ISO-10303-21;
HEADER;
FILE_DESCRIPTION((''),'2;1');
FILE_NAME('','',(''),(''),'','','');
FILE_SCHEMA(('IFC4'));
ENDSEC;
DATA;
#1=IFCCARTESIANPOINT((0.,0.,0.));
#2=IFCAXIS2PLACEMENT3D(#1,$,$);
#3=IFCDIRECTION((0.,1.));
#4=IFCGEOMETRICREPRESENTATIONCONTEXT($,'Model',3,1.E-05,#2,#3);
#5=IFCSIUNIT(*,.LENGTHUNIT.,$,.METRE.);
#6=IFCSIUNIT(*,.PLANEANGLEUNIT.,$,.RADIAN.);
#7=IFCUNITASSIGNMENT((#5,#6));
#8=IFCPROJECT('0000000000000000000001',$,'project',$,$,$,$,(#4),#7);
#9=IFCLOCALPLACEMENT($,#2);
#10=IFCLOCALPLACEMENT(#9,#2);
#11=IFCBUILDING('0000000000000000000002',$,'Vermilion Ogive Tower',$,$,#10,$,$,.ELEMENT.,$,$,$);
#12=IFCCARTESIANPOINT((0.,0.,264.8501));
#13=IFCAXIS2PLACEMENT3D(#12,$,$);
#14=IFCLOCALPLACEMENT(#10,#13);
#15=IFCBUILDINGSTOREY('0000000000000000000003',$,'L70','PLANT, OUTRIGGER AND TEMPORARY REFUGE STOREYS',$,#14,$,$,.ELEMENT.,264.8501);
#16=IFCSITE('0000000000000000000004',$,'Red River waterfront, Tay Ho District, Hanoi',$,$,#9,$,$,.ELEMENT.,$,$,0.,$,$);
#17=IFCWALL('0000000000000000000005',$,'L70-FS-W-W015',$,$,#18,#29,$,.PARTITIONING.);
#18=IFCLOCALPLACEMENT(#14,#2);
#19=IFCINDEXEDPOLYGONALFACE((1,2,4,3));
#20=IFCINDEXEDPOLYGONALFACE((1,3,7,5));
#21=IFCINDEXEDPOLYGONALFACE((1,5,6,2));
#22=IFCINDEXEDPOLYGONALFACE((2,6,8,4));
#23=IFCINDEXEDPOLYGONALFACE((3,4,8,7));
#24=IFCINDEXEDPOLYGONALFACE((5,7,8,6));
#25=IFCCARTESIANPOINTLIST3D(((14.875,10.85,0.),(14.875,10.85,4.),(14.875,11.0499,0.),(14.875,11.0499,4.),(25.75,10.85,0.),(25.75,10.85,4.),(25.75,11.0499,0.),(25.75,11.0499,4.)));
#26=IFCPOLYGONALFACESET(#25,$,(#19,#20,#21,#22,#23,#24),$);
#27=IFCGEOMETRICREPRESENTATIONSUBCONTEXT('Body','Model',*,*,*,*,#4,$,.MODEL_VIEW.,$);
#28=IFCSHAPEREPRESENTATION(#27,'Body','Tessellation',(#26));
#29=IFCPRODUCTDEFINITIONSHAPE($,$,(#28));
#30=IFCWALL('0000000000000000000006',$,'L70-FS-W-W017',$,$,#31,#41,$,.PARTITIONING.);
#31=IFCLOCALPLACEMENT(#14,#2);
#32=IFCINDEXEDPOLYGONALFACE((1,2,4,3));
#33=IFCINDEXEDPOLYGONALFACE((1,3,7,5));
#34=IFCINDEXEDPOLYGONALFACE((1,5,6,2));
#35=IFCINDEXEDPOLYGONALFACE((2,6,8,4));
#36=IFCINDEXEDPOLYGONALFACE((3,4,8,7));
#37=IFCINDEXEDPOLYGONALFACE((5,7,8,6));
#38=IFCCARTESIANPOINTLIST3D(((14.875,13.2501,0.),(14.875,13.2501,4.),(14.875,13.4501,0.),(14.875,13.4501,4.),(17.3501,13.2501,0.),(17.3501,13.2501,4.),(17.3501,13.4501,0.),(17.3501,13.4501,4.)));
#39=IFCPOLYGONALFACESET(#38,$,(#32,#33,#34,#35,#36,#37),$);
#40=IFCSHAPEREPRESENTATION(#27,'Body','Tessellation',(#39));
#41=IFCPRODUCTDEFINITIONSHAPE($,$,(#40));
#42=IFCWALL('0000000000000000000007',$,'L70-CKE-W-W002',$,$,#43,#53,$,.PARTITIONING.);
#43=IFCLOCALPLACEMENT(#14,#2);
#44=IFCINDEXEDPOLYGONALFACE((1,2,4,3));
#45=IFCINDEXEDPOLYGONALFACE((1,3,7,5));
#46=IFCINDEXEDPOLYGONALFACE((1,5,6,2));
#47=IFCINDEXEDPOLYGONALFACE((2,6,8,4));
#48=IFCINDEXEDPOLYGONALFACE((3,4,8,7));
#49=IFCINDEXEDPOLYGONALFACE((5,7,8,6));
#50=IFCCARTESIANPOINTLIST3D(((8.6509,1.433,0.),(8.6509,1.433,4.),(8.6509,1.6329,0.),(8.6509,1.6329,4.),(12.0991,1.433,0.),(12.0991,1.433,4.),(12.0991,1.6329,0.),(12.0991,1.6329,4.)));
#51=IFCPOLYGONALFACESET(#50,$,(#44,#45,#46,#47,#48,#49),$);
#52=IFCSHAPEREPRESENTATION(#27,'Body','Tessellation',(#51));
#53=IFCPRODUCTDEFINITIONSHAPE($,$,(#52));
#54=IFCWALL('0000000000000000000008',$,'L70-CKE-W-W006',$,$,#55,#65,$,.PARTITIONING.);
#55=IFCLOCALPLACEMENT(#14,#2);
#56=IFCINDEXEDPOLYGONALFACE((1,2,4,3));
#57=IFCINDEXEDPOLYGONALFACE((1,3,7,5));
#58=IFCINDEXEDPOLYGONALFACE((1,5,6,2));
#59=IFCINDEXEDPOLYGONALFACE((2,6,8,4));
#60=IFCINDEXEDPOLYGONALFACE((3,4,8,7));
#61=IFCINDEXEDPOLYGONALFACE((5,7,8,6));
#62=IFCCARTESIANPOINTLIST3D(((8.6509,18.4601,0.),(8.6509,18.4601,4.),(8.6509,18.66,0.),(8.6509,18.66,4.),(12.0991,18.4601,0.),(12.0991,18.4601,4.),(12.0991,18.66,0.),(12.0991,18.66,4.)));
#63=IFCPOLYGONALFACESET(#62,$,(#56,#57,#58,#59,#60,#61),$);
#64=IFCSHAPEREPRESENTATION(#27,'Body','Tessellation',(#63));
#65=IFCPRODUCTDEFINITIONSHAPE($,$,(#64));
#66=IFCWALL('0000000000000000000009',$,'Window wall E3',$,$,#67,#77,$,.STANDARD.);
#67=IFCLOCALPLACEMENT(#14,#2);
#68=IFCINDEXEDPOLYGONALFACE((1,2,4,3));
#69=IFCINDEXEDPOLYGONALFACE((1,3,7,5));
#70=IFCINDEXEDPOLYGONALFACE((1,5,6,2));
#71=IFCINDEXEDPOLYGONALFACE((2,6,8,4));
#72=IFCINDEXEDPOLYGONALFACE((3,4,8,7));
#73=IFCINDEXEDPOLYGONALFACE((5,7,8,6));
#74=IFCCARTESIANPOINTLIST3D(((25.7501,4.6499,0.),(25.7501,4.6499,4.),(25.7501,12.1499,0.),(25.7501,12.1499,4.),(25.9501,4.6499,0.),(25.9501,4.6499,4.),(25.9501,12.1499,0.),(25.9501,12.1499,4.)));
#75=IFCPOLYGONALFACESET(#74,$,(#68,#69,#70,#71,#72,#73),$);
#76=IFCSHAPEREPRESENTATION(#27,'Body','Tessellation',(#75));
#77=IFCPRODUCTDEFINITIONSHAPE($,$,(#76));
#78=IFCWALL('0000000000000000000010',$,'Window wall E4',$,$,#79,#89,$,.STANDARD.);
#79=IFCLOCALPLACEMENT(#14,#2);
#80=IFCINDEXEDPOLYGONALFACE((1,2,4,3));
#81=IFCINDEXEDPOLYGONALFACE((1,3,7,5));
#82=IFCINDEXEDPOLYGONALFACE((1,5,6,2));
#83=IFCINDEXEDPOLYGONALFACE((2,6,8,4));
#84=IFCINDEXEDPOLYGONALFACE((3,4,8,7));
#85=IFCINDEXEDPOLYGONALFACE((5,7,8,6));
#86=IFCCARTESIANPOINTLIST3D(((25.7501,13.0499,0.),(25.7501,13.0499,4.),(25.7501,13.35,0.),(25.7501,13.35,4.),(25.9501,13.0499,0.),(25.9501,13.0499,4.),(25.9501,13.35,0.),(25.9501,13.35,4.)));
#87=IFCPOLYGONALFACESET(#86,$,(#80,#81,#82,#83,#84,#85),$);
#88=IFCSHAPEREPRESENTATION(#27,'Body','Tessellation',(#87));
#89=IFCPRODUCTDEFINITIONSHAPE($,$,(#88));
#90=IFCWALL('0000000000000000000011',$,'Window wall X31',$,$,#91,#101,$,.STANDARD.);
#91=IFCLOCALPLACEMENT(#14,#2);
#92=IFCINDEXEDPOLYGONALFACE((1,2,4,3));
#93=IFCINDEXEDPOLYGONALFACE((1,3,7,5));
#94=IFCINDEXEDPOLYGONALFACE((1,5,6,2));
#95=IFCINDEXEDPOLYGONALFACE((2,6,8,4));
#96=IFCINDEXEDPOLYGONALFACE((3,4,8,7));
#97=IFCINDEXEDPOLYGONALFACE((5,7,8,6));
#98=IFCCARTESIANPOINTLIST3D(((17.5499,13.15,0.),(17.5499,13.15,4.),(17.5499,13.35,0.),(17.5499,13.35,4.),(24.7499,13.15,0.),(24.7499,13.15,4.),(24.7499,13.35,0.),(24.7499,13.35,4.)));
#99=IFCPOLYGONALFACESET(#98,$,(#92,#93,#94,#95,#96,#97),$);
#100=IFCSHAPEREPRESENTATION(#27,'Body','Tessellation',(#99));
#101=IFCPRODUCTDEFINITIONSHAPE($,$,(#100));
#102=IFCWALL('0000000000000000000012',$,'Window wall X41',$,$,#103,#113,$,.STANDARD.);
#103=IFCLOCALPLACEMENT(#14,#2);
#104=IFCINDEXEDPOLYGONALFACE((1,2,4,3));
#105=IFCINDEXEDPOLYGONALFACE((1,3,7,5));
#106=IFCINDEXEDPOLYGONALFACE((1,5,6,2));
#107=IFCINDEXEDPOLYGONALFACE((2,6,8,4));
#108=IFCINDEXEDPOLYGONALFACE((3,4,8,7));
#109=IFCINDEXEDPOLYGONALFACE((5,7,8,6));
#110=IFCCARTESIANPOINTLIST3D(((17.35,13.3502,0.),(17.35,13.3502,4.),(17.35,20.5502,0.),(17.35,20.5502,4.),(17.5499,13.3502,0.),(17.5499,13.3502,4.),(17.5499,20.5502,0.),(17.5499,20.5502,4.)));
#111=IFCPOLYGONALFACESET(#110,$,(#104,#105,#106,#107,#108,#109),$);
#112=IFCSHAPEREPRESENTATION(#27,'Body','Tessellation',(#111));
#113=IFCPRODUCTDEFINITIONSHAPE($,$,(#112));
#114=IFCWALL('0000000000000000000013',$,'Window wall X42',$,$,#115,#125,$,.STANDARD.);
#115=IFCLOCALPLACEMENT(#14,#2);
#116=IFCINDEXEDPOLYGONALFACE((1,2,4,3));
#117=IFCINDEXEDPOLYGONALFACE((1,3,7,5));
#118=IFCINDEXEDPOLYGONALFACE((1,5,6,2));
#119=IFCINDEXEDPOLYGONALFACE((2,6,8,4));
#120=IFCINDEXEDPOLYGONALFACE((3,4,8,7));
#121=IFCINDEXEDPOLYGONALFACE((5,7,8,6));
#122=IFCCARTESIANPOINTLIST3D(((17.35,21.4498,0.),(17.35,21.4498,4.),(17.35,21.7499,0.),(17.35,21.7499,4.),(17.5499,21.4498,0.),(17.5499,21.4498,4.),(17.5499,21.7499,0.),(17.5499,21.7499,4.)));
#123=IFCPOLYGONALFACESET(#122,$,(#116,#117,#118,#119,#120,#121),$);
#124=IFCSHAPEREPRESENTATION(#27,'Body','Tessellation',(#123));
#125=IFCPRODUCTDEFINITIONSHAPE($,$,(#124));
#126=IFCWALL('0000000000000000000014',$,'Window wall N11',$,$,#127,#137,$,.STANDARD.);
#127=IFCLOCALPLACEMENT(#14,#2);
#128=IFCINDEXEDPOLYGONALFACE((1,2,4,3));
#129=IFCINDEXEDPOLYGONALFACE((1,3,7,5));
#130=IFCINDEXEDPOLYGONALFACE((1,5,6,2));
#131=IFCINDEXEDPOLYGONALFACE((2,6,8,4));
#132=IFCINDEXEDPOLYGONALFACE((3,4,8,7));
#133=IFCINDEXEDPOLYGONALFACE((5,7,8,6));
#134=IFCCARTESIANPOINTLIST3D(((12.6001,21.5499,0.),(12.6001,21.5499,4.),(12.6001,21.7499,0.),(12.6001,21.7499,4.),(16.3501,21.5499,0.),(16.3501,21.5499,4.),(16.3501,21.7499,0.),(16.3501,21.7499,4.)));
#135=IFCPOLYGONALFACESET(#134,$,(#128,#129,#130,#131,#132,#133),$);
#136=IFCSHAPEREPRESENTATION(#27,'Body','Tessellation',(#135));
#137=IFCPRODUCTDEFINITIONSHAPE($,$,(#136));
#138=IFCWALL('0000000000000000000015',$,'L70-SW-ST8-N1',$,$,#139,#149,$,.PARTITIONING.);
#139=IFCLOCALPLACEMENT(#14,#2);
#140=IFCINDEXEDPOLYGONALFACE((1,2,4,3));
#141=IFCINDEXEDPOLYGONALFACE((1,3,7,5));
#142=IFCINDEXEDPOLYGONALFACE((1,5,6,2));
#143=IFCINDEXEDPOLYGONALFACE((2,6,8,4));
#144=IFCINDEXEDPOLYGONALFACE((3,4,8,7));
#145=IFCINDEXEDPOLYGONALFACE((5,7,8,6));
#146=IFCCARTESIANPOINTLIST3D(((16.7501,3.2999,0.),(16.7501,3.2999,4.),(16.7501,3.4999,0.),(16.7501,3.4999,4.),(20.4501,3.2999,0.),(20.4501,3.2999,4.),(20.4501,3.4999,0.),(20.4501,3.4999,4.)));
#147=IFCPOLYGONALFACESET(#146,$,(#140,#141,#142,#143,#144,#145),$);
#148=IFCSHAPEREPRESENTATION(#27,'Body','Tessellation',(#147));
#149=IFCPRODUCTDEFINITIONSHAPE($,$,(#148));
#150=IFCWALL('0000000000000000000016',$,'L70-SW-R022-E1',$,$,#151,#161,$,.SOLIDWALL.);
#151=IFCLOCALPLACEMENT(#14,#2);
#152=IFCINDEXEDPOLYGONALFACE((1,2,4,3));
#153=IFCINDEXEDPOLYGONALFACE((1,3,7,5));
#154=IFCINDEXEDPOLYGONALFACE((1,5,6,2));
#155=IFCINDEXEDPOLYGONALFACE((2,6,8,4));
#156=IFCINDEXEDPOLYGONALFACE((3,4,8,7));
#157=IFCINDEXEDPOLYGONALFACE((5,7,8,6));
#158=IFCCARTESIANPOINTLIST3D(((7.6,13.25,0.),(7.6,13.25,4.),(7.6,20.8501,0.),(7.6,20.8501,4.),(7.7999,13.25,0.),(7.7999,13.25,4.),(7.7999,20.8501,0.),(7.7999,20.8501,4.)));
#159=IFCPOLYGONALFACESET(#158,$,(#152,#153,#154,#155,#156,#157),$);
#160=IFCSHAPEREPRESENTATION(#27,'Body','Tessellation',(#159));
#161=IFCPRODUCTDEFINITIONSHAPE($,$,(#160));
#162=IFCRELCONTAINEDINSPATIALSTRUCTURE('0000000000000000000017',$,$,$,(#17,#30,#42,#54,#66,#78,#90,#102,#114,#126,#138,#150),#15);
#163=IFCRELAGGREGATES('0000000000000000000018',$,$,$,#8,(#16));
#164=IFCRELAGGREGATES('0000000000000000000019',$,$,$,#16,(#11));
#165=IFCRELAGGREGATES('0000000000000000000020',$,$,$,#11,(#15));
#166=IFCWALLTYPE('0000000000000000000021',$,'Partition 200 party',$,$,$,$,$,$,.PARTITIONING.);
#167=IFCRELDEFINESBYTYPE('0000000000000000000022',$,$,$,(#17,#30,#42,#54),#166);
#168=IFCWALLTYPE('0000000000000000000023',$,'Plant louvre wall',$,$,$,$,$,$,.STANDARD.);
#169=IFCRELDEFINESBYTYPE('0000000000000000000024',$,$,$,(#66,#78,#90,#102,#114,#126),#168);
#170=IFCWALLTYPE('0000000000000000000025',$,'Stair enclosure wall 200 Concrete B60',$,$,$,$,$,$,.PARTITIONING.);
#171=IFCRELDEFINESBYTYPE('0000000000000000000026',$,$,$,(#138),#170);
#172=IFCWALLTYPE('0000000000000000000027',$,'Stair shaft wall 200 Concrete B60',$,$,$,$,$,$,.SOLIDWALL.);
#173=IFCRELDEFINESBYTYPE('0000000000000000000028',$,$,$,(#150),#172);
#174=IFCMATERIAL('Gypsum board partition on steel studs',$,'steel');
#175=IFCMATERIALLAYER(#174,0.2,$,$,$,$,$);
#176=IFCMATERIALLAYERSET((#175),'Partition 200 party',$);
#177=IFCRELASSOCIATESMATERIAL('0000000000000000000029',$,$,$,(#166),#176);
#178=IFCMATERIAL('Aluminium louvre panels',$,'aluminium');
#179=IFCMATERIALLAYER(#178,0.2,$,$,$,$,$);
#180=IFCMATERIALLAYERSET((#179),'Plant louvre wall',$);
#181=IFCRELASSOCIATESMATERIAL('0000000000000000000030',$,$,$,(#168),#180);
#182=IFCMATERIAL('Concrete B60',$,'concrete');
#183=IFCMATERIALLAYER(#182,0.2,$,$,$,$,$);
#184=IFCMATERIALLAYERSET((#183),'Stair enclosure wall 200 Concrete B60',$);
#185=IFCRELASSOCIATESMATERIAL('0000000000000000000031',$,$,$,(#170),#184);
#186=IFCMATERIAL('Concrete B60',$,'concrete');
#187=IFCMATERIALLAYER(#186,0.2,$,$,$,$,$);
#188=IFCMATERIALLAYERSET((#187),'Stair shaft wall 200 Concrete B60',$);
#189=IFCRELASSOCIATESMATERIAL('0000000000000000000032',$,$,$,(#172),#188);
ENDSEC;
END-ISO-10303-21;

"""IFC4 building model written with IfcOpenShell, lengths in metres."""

from ifc_helpers import new_model, si_unit, direction, frame, frame_2d, origin, place, context, subcontext, project, spatial, rectangle, extrude, material, layer, layer_set, type_object, element, save


model = new_model("IFC4")

# Units and contexts
model_context = context("Model", 3, precision=1e-05, world=origin(), true_north=direction((0.0, 1.0)))
body_context = subcontext(model_context, "Body", "Model", "MODEL_VIEW")
ifc_project = project(units=[si_unit("LENGTHUNIT", "METRE"), si_unit("PLANEANGLEUNIT", "RADIAN")], contexts=[model_context])

# Site, building, storey
site_placement = place(None, origin())
site = spatial("IfcSite", under=ifc_project, at=site_placement, Name="Red River waterfront, Tay Ho District, Hanoi", CompositionType="ELEMENT", RefElevation=0.0)
building_placement = place(site_placement, origin())
building = spatial("IfcBuilding", under=site, at=building_placement, Name="Vermilion Ogive Tower", CompositionType="ELEMENT")
storey_placement = place(building_placement, frame((0.0, 0.0, 264.8501)))
storey = spatial("IfcBuildingStorey", under=building, at=storey_placement, Name="L70", Description="PLANT, OUTRIGGER AND TEMPORARY REFUGE STOREYS", CompositionType="ELEMENT", Elevation=264.8501)

# Walls
ifc_material_1 = material(Name="Gypsum board partition on steel studs", Category="steel")
ifc_layer_1 = layer(ifc_material_1, 0.2)
ifc_layer_set_1 = layer_set([ifc_layer_1], Name="Partition 200 party")
wall_type_1 = type_object("IfcWallType", Name="Partition 200 party", PredefinedType="PARTITIONING", material=ifc_layer_set_1)
for number, where, z_axis, x_axis, name in (
    (1, (14.875, 10.95, 0.0), (0.0, 0.0, 1.0), (1.0, 0.0, 0.0), "L70-FS-W-W015"),
):
    element("IfcWall", number, at=place(storey_placement, frame(where, z_axis=z_axis, x_axis=x_axis)), inside=storey, type_object=wall_type_1, Name=name, PredefinedType="PARTITIONING", context=body_context, shape_type="SweptSolid", body=[
        extrude(rectangle(XDim=10.875, YDim=0.2, at=frame_2d((5.4375, 0.0))), origin(), (0.0, 0.0, 1.0), 4.0),
    ])
wall_1_placement = place(storey_placement, frame((14.875, 13.3501, 0.0), z_axis=(0.0, 0.0, 1.0), x_axis=(1.0, 0.0, 0.0)))
element("IfcWall", 2, at=wall_1_placement, inside=storey, type_object=wall_type_1, Name="L70-FS-W-W017", PredefinedType="PARTITIONING", context=body_context, shape_type="SweptSolid", body=[
    extrude(rectangle(XDim=2.4751, YDim=0.2, at=frame_2d((1.2375, 0.0))), origin(), (0.0, 0.0, 1.0), 4.0),
])
for number, where, z_axis, x_axis, name in (
    (3, (8.6509, 1.533, 0.0), (0.0, 0.0, 1.0), (1.0, 0.0, 0.0), "L70-CKE-W-W002"),
    (4, (8.6509, 18.5601, 0.0), (0.0, 0.0, 1.0), (1.0, 0.0, 0.0), "L70-CKE-W-W006"),
):
    element("IfcWall", number, at=place(storey_placement, frame(where, z_axis=z_axis, x_axis=x_axis)), inside=storey, type_object=wall_type_1, Name=name, PredefinedType="PARTITIONING", context=body_context, shape_type="SweptSolid", body=[
        extrude(rectangle(XDim=3.4482, YDim=0.2, at=frame_2d((1.7241, 0.0))), origin(), (0.0, 0.0, 1.0), 4.0),
    ])
ifc_material_2 = material(Name="Aluminium louvre panels", Category="aluminium")
ifc_layer_2 = layer(ifc_material_2, 0.2)
ifc_layer_set_2 = layer_set([ifc_layer_2], Name="Plant louvre wall")
wall_type_2 = type_object("IfcWallType", Name="Plant louvre wall", PredefinedType="STANDARD", material=ifc_layer_set_2)
wall_2_placement = place(storey_placement, frame((25.8501, 4.6499, 0.0), z_axis=(0.0, 0.0, 1.0), x_axis=(0.0, 1.0, 0.0)))
element("IfcWall", 5, at=wall_2_placement, inside=storey, type_object=wall_type_2, Name="Window wall E3", PredefinedType="STANDARD", context=body_context, shape_type="SweptSolid", body=[
    extrude(rectangle(XDim=7.5, YDim=0.2, at=frame_2d((3.75, 0.0))), origin(), (0.0, 0.0, 1.0), 4.0),
])
wall_3_placement = place(storey_placement, frame((25.8501, 13.05, 0.0), z_axis=(0.0, 0.0, 1.0), x_axis=(0.0, 1.0, 0.0)))
element("IfcWall", 6, at=wall_3_placement, inside=storey, type_object=wall_type_2, Name="Window wall E4", PredefinedType="STANDARD", context=body_context, shape_type="SweptSolid", body=[
    extrude(rectangle(XDim=0.3, YDim=0.2, at=frame_2d((0.1499, 0.0))), origin(), (0.0, 0.0, 1.0), 4.0),
])
for number, where, z_axis, x_axis, name in (
    (7, (24.75, 13.25, 0.0), (0.0, 0.0, 1.0), (-1.0, 0.0, 0.0), "Window wall X31"),
    (8, (17.45, 13.3501, 0.0), (0.0, 0.0, 1.0), (0.0, 1.0, 0.0), "Window wall X41"),
):
    element("IfcWall", number, at=place(storey_placement, frame(where, z_axis=z_axis, x_axis=x_axis)), inside=storey, type_object=wall_type_2, Name=name, PredefinedType="STANDARD", context=body_context, shape_type="SweptSolid", body=[
        extrude(rectangle(XDim=7.2, YDim=0.2, at=frame_2d((3.6001, 0.0))), origin(), (0.0, 0.0, 1.0), 4.0),
    ])
wall_4_placement = place(storey_placement, frame((17.45, 21.45, 0.0), z_axis=(0.0, 0.0, 1.0), x_axis=(0.0, 1.0, 0.0)))
element("IfcWall", 9, at=wall_4_placement, inside=storey, type_object=wall_type_2, Name="Window wall X42", PredefinedType="STANDARD", context=body_context, shape_type="SweptSolid", body=[
    extrude(rectangle(XDim=0.3, YDim=0.2, at=frame_2d((0.1499, 0.0))), origin(), (0.0, 0.0, 1.0), 4.0),
])
wall_5_placement = place(storey_placement, frame((16.3501, 21.6499, 0.0), z_axis=(0.0, 0.0, 1.0), x_axis=(-1.0, 0.0, 0.0)))
element("IfcWall", 10, at=wall_5_placement, inside=storey, type_object=wall_type_2, Name="Window wall N11", PredefinedType="STANDARD", context=body_context, shape_type="SweptSolid", body=[
    extrude(rectangle(XDim=3.75, YDim=0.2, at=frame_2d((1.875, 0.0))), origin(), (0.0, 0.0, 1.0), 4.0),
])
ifc_material_3 = material(Name="Concrete B60", Category="concrete")
ifc_layer_3 = layer(ifc_material_3, 0.2)
ifc_layer_set_3 = layer_set([ifc_layer_3], Name="Stair enclosure wall 200 Concrete B60")
wall_type_3 = type_object("IfcWallType", Name="Stair enclosure wall 200 Concrete B60", PredefinedType="PARTITIONING", material=ifc_layer_set_3)
wall_6_placement = place(storey_placement, frame((16.75, 3.3999, 0.0), z_axis=(0.0, 0.0, 1.0), x_axis=(1.0, 0.0, 0.0)))
element("IfcWall", 11, at=wall_6_placement, inside=storey, type_object=wall_type_3, Name="L70-SW-ST8-N1", PredefinedType="PARTITIONING", context=body_context, shape_type="SweptSolid", body=[
    extrude(rectangle(XDim=3.7, YDim=0.2, at=frame_2d((1.8501, 0.0))), origin(), (0.0, 0.0, 1.0), 4.0),
])
ifc_material_4 = material(Name="Concrete B60", Category="concrete")
ifc_layer_4 = layer(ifc_material_4, 0.2)
ifc_layer_set_4 = layer_set([ifc_layer_4], Name="Stair shaft wall 200 Concrete B60")
wall_type_4 = type_object("IfcWallType", Name="Stair shaft wall 200 Concrete B60", PredefinedType="SOLIDWALL", material=ifc_layer_set_4)
wall_7_placement = place(storey_placement, frame((7.7, 13.25, 0.0), z_axis=(0.0, 0.0, 1.0), x_axis=(0.0, 1.0, 0.0)))
element("IfcWall", 12, at=wall_7_placement, inside=storey, type_object=wall_type_4, Name="L70-SW-R022-E1", PredefinedType="SOLIDWALL", context=body_context, shape_type="SweptSolid", body=[
    extrude(rectangle(XDim=7.6001, YDim=0.2, at=frame_2d((3.8, 0.0))), origin(), (0.0, 0.0, 1.0), 4.0),
])

save(model, "model.ifc")
